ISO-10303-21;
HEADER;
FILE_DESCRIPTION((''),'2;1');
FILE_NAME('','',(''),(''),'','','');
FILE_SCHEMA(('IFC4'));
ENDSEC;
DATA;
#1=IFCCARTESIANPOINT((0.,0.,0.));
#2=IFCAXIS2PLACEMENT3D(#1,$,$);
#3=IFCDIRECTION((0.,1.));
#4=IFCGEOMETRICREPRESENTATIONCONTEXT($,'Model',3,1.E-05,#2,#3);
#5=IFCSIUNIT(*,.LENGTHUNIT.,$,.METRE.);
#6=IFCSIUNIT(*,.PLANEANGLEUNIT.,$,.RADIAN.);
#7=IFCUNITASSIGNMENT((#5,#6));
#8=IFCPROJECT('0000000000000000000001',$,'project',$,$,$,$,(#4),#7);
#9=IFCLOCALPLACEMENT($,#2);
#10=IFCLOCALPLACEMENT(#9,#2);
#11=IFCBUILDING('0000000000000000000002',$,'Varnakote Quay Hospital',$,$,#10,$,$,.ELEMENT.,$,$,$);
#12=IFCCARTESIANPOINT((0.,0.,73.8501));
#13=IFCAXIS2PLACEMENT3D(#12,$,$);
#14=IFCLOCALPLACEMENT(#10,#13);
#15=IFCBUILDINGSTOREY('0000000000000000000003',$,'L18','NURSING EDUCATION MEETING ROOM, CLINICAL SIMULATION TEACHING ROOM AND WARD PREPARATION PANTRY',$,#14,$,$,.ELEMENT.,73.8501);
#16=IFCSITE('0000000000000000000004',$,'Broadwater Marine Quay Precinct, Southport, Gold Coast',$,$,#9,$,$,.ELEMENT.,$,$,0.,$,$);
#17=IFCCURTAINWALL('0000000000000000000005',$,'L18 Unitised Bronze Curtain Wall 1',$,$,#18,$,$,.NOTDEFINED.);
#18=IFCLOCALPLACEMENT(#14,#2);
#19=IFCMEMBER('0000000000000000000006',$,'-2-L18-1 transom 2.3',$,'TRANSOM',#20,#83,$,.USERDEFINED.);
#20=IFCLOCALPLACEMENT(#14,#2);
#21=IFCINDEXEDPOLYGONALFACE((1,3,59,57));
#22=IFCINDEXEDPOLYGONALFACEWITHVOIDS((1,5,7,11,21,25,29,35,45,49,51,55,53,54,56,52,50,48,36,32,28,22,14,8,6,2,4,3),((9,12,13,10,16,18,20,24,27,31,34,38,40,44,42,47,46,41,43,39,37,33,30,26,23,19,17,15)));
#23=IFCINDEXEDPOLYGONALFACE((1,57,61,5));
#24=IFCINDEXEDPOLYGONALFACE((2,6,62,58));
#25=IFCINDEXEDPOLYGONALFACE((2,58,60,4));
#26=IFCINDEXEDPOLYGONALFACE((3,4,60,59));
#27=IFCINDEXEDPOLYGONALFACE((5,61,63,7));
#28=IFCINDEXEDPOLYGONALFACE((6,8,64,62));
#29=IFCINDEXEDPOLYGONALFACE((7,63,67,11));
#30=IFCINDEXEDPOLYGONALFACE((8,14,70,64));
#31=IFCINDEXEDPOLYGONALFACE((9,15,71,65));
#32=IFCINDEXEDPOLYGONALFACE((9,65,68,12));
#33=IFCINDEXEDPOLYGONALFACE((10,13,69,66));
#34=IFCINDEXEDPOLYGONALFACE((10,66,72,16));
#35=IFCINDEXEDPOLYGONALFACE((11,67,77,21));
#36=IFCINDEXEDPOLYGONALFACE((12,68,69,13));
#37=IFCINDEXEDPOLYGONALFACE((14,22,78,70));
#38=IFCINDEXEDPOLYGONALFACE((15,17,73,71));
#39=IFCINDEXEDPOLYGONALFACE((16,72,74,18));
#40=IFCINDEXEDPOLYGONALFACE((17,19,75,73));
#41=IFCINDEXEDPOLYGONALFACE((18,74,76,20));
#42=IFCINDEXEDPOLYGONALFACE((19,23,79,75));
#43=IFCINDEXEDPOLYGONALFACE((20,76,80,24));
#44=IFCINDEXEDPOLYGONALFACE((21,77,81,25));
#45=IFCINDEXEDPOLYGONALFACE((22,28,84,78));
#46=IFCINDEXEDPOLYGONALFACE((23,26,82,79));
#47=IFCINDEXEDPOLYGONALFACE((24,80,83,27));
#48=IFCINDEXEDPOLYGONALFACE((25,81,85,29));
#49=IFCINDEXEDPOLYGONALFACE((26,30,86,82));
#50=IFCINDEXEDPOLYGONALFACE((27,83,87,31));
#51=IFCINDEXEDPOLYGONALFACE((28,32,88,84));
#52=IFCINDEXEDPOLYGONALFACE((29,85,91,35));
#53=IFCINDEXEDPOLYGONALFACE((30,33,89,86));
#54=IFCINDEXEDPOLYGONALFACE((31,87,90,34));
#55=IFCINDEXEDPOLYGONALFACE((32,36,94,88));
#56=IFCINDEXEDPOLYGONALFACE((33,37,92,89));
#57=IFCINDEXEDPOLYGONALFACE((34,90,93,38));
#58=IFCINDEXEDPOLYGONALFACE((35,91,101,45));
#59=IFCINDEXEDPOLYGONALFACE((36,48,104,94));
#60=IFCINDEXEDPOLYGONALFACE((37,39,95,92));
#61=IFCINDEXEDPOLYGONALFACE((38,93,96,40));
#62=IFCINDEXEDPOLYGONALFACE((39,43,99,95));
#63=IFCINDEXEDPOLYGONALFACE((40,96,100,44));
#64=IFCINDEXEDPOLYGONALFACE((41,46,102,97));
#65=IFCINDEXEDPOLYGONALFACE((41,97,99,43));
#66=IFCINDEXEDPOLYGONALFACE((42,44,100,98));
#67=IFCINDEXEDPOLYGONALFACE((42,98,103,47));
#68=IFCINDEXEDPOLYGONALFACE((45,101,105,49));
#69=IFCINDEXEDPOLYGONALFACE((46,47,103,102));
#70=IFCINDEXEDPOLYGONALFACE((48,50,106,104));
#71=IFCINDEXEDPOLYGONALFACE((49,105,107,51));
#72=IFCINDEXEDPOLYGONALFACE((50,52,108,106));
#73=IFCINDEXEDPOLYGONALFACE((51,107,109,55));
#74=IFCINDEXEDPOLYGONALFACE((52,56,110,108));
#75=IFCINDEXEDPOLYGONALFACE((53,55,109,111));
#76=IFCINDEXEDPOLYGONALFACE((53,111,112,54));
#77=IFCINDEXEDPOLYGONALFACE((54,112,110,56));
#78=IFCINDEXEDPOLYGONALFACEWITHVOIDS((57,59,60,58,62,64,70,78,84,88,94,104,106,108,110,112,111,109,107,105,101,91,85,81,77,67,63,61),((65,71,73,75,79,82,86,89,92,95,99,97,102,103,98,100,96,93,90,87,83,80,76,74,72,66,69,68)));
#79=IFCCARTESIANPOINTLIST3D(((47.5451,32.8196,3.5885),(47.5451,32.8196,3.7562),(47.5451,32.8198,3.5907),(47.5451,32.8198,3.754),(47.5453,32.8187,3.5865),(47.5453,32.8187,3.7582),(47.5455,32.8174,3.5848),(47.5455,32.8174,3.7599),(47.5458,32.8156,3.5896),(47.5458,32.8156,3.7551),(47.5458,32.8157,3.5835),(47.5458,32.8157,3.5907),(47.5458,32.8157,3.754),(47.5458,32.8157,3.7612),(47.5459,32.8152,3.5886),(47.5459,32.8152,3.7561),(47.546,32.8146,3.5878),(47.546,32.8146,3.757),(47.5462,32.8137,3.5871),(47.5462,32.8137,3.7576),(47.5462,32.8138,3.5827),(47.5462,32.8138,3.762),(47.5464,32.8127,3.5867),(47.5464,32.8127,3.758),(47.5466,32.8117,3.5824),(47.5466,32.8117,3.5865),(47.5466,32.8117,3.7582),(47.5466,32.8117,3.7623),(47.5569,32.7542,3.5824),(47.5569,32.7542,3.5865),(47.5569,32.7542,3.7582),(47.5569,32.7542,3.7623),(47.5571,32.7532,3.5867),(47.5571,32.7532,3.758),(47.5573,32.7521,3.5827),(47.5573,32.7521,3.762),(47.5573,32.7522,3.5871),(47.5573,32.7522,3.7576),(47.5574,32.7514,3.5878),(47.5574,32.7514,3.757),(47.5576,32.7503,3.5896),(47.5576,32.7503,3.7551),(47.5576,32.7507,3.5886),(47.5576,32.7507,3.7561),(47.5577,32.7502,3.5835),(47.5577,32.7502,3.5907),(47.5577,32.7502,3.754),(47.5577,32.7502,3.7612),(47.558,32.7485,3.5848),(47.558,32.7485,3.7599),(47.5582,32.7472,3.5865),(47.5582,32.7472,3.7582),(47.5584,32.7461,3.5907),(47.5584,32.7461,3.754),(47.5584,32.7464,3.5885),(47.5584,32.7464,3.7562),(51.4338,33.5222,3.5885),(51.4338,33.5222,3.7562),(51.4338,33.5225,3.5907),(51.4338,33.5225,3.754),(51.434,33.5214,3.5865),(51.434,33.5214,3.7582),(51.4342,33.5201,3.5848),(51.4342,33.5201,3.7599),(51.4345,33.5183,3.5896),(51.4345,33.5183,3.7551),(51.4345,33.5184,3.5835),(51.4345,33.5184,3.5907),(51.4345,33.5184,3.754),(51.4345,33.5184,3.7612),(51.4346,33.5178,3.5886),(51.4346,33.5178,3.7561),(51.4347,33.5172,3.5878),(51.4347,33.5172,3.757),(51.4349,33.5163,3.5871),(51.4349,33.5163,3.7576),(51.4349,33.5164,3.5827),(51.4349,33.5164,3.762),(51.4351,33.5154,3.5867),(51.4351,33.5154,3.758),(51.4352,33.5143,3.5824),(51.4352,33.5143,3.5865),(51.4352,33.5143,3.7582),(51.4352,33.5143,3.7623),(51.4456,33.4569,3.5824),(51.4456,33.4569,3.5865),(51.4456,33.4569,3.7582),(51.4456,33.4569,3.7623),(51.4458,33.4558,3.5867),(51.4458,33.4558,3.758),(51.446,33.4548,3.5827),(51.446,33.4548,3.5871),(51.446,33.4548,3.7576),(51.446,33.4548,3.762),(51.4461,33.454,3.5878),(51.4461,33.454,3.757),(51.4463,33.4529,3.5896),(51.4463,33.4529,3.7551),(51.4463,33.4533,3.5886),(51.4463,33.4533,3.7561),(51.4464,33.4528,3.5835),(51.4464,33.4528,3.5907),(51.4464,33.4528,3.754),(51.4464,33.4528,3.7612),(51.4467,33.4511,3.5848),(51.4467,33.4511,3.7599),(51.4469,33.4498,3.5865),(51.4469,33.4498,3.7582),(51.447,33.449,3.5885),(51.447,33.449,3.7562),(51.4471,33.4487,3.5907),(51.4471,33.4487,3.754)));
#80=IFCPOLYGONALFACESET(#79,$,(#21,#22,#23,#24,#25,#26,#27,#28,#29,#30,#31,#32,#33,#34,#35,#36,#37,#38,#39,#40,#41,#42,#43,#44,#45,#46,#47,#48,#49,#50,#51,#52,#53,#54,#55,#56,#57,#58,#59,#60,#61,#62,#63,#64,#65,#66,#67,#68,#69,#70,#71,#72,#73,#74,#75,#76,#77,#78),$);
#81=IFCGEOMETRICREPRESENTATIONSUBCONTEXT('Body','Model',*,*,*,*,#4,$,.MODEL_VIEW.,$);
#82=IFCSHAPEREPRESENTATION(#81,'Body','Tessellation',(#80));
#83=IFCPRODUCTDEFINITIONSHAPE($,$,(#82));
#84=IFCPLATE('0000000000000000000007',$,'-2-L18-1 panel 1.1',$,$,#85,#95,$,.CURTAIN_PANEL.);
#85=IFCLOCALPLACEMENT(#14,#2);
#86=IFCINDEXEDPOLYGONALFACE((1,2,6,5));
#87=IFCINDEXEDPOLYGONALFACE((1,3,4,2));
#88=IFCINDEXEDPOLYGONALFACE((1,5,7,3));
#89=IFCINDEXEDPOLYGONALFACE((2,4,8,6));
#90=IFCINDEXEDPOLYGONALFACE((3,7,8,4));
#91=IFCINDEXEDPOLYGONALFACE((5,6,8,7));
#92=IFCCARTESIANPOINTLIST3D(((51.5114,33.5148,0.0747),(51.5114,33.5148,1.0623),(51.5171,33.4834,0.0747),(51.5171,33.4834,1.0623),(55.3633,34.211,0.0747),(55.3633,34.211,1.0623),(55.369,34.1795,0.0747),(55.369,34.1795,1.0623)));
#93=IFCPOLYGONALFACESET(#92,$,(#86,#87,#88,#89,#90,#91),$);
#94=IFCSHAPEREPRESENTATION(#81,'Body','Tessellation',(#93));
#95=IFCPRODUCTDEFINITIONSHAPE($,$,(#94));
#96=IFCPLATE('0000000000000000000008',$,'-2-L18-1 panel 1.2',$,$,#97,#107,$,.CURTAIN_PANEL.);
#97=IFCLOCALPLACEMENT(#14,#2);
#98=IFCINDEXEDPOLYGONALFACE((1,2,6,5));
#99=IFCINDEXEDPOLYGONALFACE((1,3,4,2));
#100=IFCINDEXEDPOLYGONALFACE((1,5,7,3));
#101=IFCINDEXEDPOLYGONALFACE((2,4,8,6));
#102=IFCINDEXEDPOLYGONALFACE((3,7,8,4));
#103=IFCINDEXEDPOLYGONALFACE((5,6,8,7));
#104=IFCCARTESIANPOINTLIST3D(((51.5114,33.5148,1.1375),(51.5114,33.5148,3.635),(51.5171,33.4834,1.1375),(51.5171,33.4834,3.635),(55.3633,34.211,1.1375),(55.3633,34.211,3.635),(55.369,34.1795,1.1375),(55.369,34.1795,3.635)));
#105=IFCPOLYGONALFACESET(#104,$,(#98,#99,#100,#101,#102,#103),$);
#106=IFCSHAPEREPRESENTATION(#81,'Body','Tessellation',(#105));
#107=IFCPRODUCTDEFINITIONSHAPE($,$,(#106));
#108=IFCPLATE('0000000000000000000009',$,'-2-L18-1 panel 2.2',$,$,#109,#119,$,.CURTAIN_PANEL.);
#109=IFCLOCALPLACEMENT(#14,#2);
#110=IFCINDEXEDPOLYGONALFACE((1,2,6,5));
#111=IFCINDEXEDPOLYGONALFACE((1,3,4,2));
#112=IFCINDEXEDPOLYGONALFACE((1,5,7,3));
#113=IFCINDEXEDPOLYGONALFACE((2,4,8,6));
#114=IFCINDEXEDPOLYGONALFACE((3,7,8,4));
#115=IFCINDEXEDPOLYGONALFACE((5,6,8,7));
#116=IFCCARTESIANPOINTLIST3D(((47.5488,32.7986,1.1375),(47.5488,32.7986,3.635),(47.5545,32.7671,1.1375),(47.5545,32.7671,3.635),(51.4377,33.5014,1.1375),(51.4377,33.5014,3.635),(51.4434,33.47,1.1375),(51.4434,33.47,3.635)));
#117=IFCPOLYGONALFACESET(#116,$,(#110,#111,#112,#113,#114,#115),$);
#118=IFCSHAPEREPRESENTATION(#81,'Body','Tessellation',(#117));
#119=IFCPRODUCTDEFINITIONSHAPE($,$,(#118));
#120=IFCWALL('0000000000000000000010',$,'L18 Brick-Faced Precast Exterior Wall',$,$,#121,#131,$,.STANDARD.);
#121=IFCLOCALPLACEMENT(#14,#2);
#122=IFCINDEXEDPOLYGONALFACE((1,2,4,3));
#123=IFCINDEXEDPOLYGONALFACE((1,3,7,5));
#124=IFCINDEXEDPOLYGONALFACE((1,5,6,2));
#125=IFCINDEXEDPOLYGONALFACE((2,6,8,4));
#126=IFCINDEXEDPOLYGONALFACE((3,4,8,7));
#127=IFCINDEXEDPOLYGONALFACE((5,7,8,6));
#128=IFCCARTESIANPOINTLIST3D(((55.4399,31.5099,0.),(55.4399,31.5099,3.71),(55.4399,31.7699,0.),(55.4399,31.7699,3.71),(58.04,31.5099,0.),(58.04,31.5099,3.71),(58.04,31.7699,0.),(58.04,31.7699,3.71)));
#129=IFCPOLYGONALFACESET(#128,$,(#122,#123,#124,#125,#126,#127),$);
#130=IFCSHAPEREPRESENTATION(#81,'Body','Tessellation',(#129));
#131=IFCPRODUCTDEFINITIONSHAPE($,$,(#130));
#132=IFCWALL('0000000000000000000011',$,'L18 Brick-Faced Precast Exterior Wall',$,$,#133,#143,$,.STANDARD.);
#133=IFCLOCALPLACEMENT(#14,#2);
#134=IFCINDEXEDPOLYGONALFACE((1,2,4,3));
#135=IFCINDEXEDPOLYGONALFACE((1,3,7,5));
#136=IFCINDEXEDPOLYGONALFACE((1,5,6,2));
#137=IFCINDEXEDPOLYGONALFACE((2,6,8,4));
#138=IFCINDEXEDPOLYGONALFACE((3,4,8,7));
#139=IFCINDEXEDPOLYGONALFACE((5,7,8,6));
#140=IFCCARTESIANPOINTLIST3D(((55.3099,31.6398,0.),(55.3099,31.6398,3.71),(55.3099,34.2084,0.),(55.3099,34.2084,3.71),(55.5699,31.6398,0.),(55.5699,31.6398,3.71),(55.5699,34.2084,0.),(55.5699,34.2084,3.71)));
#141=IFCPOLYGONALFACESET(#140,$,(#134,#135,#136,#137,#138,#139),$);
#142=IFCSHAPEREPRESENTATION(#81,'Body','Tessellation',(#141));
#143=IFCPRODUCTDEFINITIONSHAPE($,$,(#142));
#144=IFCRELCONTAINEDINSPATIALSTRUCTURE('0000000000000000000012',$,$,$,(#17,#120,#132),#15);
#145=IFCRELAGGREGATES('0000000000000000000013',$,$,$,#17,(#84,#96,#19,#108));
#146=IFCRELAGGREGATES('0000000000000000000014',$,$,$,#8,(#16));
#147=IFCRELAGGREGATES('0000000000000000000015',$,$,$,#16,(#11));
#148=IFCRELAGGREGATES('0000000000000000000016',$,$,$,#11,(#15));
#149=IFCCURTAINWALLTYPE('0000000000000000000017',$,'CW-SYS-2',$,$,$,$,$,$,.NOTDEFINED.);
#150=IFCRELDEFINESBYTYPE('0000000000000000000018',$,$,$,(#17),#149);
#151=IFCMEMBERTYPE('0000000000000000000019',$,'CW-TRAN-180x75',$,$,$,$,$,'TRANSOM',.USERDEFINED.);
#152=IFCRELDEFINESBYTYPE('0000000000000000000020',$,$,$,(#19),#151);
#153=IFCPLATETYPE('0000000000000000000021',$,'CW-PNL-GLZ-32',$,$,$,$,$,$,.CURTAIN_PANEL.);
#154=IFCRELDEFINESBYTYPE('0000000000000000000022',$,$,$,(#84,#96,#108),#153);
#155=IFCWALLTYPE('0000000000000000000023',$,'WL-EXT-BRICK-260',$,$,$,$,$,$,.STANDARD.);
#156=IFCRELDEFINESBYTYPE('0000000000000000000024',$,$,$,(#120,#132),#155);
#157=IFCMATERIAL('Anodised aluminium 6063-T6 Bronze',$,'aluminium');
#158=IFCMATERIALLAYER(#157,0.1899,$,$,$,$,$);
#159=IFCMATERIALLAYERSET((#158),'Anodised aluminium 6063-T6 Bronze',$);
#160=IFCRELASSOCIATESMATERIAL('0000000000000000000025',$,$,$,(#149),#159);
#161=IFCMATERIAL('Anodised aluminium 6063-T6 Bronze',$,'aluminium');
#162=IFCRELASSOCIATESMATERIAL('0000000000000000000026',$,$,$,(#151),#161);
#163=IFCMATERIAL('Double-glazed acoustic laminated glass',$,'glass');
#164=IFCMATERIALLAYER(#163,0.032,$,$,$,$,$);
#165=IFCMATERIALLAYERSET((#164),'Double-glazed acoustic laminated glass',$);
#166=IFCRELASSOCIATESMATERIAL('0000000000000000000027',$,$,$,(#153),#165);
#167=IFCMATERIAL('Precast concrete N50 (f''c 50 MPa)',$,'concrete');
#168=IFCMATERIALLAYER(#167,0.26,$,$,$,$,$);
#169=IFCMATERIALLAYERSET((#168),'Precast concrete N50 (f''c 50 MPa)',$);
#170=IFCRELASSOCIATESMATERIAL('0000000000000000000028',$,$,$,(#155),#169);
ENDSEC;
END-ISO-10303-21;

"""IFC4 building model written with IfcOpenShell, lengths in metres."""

from ifc_helpers import new_model, si_unit, direction, frame, frame_2d, origin, origin_2d, place, context, subcontext, project, spatial, rectangle, hollow_rectangle, extrude, material, layer, layer_set, material_profile, profile_set, type_object, element, aggregate, save


model = new_model("IFC4")

# Units and contexts
model_context = context("Model", 3, precision=1e-05, world=origin(), true_north=direction((0.0, 1.0)))
body_context = subcontext(model_context, "Body", "Model", "MODEL_VIEW")
ifc_project = project(units=[si_unit("LENGTHUNIT", "METRE"), si_unit("PLANEANGLEUNIT", "RADIAN")], contexts=[model_context])

# Site, building, storey
site_placement = place(None, origin())
site = spatial("IfcSite", under=ifc_project, at=site_placement, Name="Broadwater Marine Quay Precinct, Southport, Gold Coast", CompositionType="ELEMENT", RefElevation=0.0)
building_placement = place(site_placement, origin())
building = spatial("IfcBuilding", under=site, at=building_placement, Name="Varnakote Quay Hospital", CompositionType="ELEMENT")
storey_placement = place(building_placement, frame((0.0, 0.0, 73.8501)))
storey = spatial("IfcBuildingStorey", under=building, at=storey_placement, Name="L18", Description="NURSING EDUCATION MEETING ROOM, CLINICAL SIMULATION TEACHING ROOM AND WARD PREPARATION PANTRY", CompositionType="ELEMENT", Elevation=73.8501)

# Curtain wall, member, plates
ifc_material_1 = material(Name="Anodised aluminium 6063-T6 Bronze", Category="aluminium")
ifc_layer_1 = layer(ifc_material_1, 0.1899)
ifc_layer_set_1 = layer_set([ifc_layer_1], Name="Anodised aluminium 6063-T6 Bronze")
curtain_wall_type = type_object("IfcCurtainWallType", Name="CW-SYS-2", PredefinedType="NOTDEFINED", material=ifc_layer_set_1)
curtain_wall_placement = place(storey_placement, origin())
curtain_wall = element("IfcCurtainWall", 1, at=curtain_wall_placement, inside=storey, type_object=curtain_wall_type, Name="L18 Unitised Bronze Curtain Wall 1", PredefinedType="NOTDEFINED")
ifc_material_2 = material(Name="Anodised aluminium 6063-T6 Bronze", Category="aluminium")
ifc_material_profile_1 = material_profile(ifc_material_2, hollow_rectangle(XDim=0.075, YDim=0.1799, WallThickness=0.0042, InnerFilletRadius=0.0042, OuterFilletRadius=0.0083, at=origin_2d()), Name="CW-TRAN-180x75")
ifc_profile_set_1 = profile_set([ifc_material_profile_1], Name="Anodised aluminium 6063-T6 Bronze")
member_type_1 = type_object("IfcMemberType", Name="CW-TRAN-180x75", ElementType="TRANSOM", PredefinedType="USERDEFINED", material=ifc_profile_set_1)
member_1_placement = place(storey_placement, frame((51.4404, 33.4856, 3.6724), z_axis=(-0.984065, -0.177809, 0.0), x_axis=(0.177809, -0.984065, 0.0)))
member_1 = element("IfcMember", 2, at=member_1_placement, type_object=member_type_1, Name="-2-L18-1 transom 2.3", ObjectType="TRANSOM", PredefinedType="USERDEFINED", context=body_context, shape_type="SweptSolid", body=[
    extrude(hollow_rectangle(XDim=0.075, YDim=0.1799, WallThickness=0.0042, InnerFilletRadius=0.0042, OuterFilletRadius=0.0083, at=origin_2d()), origin(), (0.0, 0.0, 1.0), 3.9517),
])
ifc_material_3 = material(Name="Double-glazed acoustic laminated glass", Category="glass")
ifc_layer_2 = layer(ifc_material_3, 0.032)
ifc_layer_set_2 = layer_set([ifc_layer_2], Name="Double-glazed acoustic laminated glass")
plate_type = type_object("IfcPlateType", Name="CW-PNL-GLZ-32", PredefinedType="CURTAIN_PANEL", material=ifc_layer_set_2)
plate_1_placement = place(storey_placement, frame((53.4402, 33.8472, 0.0747), z_axis=(0.0, 0.0, 1.0), x_axis=(-0.984058, -0.177846, 0.0)))
plate_1 = element("IfcPlate", 3, at=plate_1_placement, type_object=plate_type, Name="-2-L18-1 panel 1.1", PredefinedType="CURTAIN_PANEL", context=body_context, shape_type="SweptSolid", body=[
    extrude(rectangle(XDim=3.9143, YDim=0.032, at=origin_2d()), origin(), (0.0, 0.0, 1.0), 0.9875),
])
plate_2_placement = place(storey_placement, frame((53.4402, 33.8472, 1.1375), z_axis=(0.0, 0.0, 1.0), x_axis=(-0.984058, -0.177846, 0.0)))
plate_2 = element("IfcPlate", 4, at=plate_2_placement, type_object=plate_type, Name="-2-L18-1 panel 1.2", PredefinedType="CURTAIN_PANEL", context=body_context, shape_type="SweptSolid", body=[
    extrude(rectangle(XDim=3.9143, YDim=0.032, at=origin_2d()), origin(), (0.0, 0.0, 1.0), 2.4976),
])
plate_3_placement = place(storey_placement, frame((49.4961, 33.1343, 1.1375), z_axis=(0.0, 0.0, 1.0), x_axis=(-0.984058, -0.177846, 0.0)))
plate_3 = element("IfcPlate", 5, at=plate_3_placement, type_object=plate_type, Name="-2-L18-1 panel 2.2", PredefinedType="CURTAIN_PANEL", context=body_context, shape_type="SweptSolid", body=[
    extrude(rectangle(XDim=3.9519, YDim=0.032, at=origin_2d()), origin(), (0.0, 0.0, 1.0), 2.4976),
])
aggregate(curtain_wall, [plate_1, plate_2, member_1, plate_3])

# Walls
ifc_material_4 = material(Name="Precast concrete N50 (f'c 50 MPa)", Category="concrete")
ifc_layer_3 = layer(ifc_material_4, 0.26)
ifc_layer_set_3 = layer_set([ifc_layer_3], Name="Precast concrete N50 (f'c 50 MPa)")
wall_type = type_object("IfcWallType", Name="WL-EXT-BRICK-260", PredefinedType="STANDARD", material=ifc_layer_set_3)
wall_1_placement = place(storey_placement, frame((58.04, 31.6399, 0.0), z_axis=(0.0, 0.0, 1.0), x_axis=(-1.0, 0.0, 0.0)))
element("IfcWall", 6, at=wall_1_placement, inside=storey, type_object=wall_type, Name="L18 Brick-Faced Precast Exterior Wall", PredefinedType="STANDARD", context=body_context, shape_type="SweptSolid", body=[
    extrude(rectangle(XDim=2.6001, YDim=0.26, at=frame_2d((1.3, 0.0))), origin(), (0.0, 0.0, 1.0), 3.71),
])
wall_2_placement = place(storey_placement, frame((55.4399, 31.6399, 0.0), z_axis=(0.0, 0.0, 1.0), x_axis=(0.0, 1.0, 0.0)))
element("IfcWall", 7, at=wall_2_placement, inside=storey, type_object=wall_type, Name="L18 Brick-Faced Precast Exterior Wall", PredefinedType="STANDARD", context=body_context, shape_type="SweptSolid", body=[
    extrude(rectangle(XDim=2.5686, YDim=0.26, at=frame_2d((1.2842, 0.0))), origin(), (0.0, 0.0, 1.0), 3.71),
])

save(model, "model.ifc")
